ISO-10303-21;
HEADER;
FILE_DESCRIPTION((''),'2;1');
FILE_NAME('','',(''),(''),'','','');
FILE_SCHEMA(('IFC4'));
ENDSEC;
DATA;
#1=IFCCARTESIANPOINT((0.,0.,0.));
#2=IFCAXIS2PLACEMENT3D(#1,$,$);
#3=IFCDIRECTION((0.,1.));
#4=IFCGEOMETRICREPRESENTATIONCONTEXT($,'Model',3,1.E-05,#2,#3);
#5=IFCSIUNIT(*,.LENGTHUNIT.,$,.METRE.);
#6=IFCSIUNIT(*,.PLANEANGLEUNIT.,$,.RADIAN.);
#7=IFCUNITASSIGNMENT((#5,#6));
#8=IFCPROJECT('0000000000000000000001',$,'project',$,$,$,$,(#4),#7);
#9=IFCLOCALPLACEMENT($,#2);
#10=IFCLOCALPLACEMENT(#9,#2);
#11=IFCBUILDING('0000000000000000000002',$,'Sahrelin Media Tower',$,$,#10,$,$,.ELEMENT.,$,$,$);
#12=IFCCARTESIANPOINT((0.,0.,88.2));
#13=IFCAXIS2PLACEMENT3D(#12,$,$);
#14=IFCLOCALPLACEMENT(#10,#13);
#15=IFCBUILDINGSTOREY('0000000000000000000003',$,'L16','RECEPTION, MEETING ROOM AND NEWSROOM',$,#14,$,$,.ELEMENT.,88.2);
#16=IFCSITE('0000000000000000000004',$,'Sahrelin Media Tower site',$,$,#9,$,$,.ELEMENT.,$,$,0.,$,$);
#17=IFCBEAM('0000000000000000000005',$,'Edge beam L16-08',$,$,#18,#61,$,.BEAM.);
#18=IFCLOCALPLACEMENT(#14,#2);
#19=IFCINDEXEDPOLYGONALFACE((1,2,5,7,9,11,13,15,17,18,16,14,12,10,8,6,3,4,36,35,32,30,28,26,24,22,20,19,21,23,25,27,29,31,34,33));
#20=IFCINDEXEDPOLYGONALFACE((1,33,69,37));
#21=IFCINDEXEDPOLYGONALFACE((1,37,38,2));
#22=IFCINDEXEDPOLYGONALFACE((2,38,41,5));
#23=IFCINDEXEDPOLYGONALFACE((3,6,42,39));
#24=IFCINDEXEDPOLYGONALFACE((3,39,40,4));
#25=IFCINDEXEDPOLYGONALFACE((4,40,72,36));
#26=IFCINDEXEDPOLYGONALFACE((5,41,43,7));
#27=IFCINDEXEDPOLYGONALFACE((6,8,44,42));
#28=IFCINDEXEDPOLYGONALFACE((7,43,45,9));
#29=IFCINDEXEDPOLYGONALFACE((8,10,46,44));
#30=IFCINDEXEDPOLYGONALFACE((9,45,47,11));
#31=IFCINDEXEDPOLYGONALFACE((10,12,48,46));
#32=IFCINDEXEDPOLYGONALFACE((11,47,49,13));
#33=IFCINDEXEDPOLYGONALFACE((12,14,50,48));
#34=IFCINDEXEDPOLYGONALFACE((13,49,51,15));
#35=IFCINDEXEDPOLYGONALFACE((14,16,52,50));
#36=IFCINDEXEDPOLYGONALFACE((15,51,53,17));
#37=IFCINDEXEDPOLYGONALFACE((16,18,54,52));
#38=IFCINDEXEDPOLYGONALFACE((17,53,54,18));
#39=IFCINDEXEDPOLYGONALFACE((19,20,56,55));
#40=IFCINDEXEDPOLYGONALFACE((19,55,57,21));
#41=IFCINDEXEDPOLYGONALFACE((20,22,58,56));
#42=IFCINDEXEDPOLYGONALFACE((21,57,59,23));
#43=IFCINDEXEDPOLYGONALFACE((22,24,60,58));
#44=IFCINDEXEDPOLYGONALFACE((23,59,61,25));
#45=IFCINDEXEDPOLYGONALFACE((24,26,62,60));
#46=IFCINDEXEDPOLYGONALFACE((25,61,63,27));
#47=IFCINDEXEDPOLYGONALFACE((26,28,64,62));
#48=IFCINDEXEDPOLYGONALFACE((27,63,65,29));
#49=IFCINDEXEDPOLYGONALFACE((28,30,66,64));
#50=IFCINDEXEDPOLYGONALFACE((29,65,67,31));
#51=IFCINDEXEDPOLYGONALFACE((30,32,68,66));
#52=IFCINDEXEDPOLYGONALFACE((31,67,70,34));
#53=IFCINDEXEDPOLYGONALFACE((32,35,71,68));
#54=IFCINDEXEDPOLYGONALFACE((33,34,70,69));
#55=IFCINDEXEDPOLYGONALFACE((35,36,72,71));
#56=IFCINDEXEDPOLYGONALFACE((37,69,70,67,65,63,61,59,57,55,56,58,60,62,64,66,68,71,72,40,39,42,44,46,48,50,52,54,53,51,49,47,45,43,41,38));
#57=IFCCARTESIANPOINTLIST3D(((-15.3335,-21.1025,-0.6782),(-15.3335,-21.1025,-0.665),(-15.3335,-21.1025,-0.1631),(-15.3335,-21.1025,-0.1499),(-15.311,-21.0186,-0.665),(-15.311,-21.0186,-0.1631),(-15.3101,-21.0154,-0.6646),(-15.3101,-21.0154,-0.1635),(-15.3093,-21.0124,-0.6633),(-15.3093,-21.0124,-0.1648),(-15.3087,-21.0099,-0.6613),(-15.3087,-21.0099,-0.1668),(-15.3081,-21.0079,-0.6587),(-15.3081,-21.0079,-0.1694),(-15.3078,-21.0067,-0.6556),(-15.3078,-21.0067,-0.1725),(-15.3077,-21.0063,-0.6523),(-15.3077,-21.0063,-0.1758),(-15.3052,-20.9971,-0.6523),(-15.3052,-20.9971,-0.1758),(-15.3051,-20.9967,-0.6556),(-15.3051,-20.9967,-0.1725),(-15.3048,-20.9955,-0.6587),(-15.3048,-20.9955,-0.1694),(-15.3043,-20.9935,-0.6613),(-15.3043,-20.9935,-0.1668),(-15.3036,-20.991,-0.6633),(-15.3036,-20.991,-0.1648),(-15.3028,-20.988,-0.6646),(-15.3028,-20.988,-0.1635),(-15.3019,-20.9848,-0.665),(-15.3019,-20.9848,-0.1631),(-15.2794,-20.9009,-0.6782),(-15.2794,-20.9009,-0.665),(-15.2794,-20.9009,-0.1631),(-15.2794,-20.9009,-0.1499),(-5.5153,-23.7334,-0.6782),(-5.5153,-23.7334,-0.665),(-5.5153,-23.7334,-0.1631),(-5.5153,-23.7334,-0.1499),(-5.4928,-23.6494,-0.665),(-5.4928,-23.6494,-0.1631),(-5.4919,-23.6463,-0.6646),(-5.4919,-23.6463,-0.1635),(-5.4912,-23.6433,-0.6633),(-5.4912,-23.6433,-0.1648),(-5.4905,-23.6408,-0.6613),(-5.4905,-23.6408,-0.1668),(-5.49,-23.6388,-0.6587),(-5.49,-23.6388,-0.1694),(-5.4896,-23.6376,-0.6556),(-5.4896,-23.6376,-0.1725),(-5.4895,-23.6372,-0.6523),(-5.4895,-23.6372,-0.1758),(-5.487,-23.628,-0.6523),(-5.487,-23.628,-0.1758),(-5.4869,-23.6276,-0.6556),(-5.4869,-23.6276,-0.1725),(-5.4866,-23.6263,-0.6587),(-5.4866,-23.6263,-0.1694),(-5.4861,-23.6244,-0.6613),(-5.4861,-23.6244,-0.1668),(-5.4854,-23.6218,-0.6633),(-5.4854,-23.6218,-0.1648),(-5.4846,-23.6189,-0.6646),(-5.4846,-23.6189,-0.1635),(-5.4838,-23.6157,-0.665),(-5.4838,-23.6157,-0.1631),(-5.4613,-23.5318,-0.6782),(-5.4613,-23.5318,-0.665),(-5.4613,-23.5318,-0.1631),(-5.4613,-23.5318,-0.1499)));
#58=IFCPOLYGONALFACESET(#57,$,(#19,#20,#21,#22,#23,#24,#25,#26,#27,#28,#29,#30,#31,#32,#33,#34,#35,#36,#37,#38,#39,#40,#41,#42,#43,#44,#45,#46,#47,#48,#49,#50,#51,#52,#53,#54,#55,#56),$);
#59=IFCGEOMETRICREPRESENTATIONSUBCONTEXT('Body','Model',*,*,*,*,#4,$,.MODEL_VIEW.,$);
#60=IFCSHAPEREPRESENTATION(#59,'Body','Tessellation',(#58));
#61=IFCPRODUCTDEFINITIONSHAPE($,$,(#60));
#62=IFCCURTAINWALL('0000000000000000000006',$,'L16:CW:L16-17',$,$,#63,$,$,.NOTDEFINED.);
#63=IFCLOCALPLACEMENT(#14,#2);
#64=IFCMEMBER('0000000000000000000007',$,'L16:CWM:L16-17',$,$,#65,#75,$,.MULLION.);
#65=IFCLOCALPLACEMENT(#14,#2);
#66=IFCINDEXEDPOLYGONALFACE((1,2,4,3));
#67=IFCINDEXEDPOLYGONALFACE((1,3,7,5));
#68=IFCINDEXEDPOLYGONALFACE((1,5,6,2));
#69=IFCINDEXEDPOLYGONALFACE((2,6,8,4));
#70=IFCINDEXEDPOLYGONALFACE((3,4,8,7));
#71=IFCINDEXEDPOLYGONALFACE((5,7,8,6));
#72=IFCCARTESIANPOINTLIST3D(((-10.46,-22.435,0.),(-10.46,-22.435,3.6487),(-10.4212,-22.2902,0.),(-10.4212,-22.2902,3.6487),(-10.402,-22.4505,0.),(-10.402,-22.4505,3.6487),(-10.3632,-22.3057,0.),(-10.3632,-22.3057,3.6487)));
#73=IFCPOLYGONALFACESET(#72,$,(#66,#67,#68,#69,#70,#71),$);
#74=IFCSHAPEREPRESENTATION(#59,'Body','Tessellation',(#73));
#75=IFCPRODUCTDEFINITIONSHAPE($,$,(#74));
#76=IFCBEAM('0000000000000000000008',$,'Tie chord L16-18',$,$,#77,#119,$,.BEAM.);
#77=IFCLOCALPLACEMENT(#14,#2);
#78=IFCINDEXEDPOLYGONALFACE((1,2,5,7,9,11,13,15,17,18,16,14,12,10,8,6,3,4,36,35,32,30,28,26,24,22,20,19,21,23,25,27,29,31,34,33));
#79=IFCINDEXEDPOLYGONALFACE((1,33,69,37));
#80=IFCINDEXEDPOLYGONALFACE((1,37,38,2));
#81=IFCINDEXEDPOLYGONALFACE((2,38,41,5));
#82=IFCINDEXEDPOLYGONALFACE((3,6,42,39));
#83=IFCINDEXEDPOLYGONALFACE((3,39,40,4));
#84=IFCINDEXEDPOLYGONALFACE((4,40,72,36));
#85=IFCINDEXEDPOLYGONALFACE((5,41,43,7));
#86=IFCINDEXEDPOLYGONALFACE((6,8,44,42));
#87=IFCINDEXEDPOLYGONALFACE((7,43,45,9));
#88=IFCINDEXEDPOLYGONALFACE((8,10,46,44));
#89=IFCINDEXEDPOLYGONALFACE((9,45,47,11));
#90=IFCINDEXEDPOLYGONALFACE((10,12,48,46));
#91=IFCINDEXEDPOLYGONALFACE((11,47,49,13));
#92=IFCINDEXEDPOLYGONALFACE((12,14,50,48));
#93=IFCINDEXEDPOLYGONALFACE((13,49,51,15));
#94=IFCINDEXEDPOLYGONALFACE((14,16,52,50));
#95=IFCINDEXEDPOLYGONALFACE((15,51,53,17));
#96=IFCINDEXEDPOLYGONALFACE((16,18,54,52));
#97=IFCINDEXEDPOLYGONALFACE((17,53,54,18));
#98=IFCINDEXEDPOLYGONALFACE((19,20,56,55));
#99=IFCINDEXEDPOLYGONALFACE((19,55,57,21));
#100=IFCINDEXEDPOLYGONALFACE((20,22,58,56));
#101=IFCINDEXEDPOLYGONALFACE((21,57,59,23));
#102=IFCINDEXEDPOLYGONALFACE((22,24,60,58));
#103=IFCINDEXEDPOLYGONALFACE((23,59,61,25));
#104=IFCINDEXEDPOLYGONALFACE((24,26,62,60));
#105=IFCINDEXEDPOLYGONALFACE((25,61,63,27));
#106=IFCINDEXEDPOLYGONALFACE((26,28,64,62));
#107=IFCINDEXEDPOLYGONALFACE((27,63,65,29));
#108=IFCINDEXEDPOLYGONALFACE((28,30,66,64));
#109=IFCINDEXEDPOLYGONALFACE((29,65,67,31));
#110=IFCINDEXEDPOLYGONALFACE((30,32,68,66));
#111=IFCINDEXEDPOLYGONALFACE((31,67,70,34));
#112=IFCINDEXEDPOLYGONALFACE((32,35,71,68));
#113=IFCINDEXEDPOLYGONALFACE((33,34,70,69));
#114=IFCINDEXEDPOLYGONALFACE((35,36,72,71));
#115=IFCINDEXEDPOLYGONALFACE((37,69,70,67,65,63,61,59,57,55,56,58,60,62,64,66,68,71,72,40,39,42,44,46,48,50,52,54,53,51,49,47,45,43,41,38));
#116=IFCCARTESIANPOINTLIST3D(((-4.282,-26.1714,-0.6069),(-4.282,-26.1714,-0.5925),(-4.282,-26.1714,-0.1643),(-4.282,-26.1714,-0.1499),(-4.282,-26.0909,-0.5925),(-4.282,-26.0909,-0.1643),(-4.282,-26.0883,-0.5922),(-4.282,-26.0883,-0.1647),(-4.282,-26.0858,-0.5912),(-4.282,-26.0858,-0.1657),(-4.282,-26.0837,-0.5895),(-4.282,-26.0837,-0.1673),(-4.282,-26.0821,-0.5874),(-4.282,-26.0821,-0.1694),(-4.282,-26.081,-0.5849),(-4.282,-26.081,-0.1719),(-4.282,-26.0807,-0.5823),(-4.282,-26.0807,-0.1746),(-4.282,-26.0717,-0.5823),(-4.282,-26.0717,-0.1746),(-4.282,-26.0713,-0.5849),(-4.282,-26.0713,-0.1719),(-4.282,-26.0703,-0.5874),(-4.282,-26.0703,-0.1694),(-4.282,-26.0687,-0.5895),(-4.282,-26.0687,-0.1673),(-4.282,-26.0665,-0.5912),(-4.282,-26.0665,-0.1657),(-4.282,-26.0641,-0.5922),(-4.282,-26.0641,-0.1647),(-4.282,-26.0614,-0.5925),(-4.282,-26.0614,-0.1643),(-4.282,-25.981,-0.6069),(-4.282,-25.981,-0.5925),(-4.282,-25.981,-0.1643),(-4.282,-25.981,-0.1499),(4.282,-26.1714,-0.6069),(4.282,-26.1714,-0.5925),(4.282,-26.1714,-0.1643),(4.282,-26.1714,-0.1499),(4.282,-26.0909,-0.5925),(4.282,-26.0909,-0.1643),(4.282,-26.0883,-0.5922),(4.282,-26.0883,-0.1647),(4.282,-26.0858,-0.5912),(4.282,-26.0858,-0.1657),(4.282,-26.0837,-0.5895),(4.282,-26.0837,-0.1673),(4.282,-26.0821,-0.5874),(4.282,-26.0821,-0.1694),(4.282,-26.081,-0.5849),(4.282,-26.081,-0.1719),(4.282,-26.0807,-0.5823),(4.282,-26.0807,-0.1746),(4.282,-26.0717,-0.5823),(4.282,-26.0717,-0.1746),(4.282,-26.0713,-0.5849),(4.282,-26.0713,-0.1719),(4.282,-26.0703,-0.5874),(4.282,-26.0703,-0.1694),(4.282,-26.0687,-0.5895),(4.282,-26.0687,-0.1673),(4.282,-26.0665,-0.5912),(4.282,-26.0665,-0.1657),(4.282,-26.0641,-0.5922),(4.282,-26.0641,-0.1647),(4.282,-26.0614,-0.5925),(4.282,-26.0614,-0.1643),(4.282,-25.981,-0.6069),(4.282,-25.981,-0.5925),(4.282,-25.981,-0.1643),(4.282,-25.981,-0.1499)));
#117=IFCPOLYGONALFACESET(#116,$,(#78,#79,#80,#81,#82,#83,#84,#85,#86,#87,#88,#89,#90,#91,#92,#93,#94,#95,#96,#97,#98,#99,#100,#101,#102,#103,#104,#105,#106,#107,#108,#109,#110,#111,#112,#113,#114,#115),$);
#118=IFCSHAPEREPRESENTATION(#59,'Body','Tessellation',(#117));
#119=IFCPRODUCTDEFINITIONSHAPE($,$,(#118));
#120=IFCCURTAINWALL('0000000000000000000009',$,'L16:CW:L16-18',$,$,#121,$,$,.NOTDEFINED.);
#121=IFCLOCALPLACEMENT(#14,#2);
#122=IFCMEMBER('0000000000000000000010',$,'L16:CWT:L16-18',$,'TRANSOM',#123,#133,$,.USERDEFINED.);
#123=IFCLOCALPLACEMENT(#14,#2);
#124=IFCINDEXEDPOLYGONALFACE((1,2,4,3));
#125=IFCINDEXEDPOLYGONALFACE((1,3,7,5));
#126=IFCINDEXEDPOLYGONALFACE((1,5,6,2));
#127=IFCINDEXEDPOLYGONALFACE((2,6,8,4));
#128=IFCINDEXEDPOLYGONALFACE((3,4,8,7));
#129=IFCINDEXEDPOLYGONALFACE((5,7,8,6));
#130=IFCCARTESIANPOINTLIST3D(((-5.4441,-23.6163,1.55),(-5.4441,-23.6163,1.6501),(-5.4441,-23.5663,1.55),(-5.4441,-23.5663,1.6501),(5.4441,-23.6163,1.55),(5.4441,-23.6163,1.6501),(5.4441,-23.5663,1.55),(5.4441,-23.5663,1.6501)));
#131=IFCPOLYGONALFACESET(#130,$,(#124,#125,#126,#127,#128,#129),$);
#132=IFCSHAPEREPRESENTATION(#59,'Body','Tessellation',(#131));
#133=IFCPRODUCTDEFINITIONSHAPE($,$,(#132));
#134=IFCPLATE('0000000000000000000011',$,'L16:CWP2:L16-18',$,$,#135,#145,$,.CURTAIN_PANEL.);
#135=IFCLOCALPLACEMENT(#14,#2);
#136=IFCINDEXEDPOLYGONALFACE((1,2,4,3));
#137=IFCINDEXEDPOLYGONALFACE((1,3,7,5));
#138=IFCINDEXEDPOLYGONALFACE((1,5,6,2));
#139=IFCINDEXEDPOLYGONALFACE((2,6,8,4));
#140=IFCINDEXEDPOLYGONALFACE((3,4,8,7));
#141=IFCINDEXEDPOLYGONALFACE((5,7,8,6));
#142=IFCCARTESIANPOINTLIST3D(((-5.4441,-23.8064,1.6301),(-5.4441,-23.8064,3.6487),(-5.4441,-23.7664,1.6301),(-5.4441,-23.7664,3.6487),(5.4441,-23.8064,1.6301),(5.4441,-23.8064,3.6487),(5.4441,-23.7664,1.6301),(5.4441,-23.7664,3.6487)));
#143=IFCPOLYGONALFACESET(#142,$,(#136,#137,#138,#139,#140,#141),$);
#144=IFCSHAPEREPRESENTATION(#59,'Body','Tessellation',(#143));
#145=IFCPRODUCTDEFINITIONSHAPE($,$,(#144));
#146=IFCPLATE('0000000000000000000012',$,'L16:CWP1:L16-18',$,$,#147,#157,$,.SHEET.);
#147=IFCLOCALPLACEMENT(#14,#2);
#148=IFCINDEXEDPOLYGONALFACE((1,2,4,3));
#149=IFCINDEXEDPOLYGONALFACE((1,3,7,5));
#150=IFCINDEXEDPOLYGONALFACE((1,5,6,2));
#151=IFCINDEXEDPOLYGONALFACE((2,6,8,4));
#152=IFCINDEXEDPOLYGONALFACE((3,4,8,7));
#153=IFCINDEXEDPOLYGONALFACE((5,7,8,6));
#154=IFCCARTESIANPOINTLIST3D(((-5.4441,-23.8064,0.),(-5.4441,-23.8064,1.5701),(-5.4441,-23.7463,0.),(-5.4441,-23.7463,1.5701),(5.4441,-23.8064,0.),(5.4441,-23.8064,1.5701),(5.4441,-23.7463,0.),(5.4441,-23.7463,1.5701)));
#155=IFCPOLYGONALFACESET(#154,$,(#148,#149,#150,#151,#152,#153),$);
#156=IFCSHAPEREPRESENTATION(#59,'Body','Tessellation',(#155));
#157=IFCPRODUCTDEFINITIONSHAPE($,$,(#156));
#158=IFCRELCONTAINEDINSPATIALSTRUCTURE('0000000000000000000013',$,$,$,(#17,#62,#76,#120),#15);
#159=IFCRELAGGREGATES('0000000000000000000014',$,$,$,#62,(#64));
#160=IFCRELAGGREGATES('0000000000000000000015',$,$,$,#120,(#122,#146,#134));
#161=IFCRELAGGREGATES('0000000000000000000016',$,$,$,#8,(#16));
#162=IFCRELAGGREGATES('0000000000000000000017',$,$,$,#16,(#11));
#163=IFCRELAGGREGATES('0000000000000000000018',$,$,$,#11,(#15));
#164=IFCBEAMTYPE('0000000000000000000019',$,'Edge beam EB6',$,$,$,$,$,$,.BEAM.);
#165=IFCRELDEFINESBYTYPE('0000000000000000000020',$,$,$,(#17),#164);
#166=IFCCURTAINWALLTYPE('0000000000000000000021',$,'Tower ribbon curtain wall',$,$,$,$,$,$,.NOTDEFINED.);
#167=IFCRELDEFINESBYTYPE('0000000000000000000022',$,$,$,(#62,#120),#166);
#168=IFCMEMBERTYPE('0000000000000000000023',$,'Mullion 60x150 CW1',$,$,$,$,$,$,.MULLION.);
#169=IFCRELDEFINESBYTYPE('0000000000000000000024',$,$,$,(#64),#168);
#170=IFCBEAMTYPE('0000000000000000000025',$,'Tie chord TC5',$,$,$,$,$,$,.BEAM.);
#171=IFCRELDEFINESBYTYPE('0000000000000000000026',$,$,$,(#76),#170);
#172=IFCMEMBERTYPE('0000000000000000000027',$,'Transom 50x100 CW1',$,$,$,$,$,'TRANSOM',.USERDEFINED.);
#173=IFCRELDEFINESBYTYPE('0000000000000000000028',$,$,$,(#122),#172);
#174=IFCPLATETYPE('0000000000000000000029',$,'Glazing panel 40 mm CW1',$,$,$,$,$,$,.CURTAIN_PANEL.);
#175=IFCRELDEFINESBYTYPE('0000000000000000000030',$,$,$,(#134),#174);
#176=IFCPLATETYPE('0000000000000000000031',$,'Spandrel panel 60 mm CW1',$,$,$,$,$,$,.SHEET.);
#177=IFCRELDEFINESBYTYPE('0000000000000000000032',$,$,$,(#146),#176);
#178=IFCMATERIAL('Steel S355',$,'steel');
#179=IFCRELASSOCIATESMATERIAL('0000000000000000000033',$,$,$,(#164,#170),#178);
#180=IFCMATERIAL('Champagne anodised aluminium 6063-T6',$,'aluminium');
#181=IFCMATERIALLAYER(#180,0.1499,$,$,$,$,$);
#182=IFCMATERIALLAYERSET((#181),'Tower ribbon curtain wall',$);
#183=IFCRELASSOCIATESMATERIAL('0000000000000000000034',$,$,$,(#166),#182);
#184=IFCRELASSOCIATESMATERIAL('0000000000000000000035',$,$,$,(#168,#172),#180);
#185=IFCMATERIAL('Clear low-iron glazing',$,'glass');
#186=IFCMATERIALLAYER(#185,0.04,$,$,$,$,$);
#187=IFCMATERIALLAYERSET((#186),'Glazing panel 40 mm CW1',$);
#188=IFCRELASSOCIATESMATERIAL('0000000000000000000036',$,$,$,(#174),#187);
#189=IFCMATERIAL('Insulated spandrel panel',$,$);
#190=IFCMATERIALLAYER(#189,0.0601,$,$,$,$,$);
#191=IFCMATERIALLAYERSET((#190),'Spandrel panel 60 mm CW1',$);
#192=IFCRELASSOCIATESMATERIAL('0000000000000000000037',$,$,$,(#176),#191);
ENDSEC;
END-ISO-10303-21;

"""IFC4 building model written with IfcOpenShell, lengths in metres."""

from ifc_helpers import new_model, si_unit, direction, frame, origin, origin_2d, place, context, subcontext, project, spatial, polyline, rectangle, i_section, outline, extrude, material, layer, layer_set, material_profile, profile_set, type_object, element, aggregate, save


model = new_model("IFC4")

# Units and contexts
model_context = context("Model", 3, precision=1e-05, world=origin(), true_north=direction((0.0, 1.0)))
body_context = subcontext(model_context, "Body", "Model", "MODEL_VIEW")
ifc_project = project(units=[si_unit("LENGTHUNIT", "METRE"), si_unit("PLANEANGLEUNIT", "RADIAN")], contexts=[model_context])

# Site, building, storey
site_placement = place(None, origin())
site = spatial("IfcSite", under=ifc_project, at=site_placement, Name="Sahrelin Media Tower site", CompositionType="ELEMENT", RefElevation=0.0)
building_placement = place(site_placement, origin())
building = spatial("IfcBuilding", under=site, at=building_placement, Name="Sahrelin Media Tower", CompositionType="ELEMENT")
storey_placement = place(building_placement, frame((0.0, 0.0, 88.2)))
storey = spatial("IfcBuildingStorey", under=building, at=storey_placement, Name="L16", Description="RECEPTION, MEETING ROOM AND NEWSROOM", CompositionType="ELEMENT", Elevation=88.2)

# Beam
ifc_material_1 = material(Name="Steel S355", Category="steel")
ifc_material_profile_1 = material_profile(ifc_material_1, i_section(OverallWidth=0.2087, OverallDepth=0.5283, WebThickness=0.0095, FlangeThickness=0.0132, FilletRadius=0.0127, at=origin_2d()), Name="UB 533x210x82")
ifc_profile_set_1 = profile_set([ifc_material_profile_1], Name="Steel S355")
beam_type_1 = type_object("IfcBeamType", Name="Edge beam EB6", PredefinedType="BEAM", material=ifc_profile_set_1)
beam_1_placement = place(storey_placement, frame((-5.4883, -23.6326, -0.4141), z_axis=(-0.965923, 0.258829, 0.0), x_axis=(-0.258829, -0.965923, 0.0)))
element("IfcBeam", 1, at=beam_1_placement, inside=storey, type_object=beam_type_1, Name="Edge beam L16-08", PredefinedType="BEAM", context=body_context, shape_type="SweptSolid", body=[
    extrude(i_section(OverallWidth=0.2087, OverallDepth=0.5283, WebThickness=0.0095, FlangeThickness=0.0132, FilletRadius=0.0127, at=origin_2d()), origin(), (0.0, 0.0, 1.0), 10.1646),
])

# Curtain wall, member
ifc_material_2 = material(Name="Champagne anodised aluminium 6063-T6", Category="aluminium")
ifc_layer_1 = layer(ifc_material_2, 0.1499)
ifc_layer_set_1 = layer_set([ifc_layer_1], Name="Tower ribbon curtain wall")
curtain_wall_type = type_object("IfcCurtainWallType", Name="Tower ribbon curtain wall", PredefinedType="NOTDEFINED", material=ifc_layer_set_1)
curtain_wall_1_placement = place(storey_placement, frame((-10.4363, -22.4619, 0.0), z_axis=(0.0, 0.0, 1.0), x_axis=(1.0, 0.0, 0.0)))
curtain_wall_1 = element("IfcCurtainWall", 2, at=curtain_wall_1_placement, inside=storey, type_object=curtain_wall_type, Name="L16:CW:L16-17", PredefinedType="NOTDEFINED")
ifc_material_profile_2 = material_profile(ifc_material_2, rectangle(XDim=0.0601, YDim=0.1499, at=origin_2d()), Name="Mullion 60x150")
ifc_profile_set_2 = profile_set([ifc_material_profile_2], Name="Champagne anodised aluminium 6063-T6")
member_type_1 = type_object("IfcMemberType", Name="Mullion 60x150 CW1", PredefinedType="MULLION", material=ifc_profile_set_2)
member_1_placement = place(storey_placement, frame((-10.4116, -22.3704, 0.0), z_axis=(0.0, 0.0, 1.0), x_axis=(0.965926, -0.258817, 0.0)))
member_1 = element("IfcMember", 3, at=member_1_placement, type_object=member_type_1, Name="L16:CWM:L16-17", PredefinedType="MULLION", context=body_context, shape_type="SweptSolid", body=[
    extrude(rectangle(XDim=0.0601, YDim=0.1499, at=origin_2d()), origin(), (0.0, 0.0, 1.0), 3.6487),
])
aggregate(curtain_wall_1, [member_1])

# Beam
ifc_material_profile_3 = material_profile(ifc_material_1, i_section(OverallWidth=0.1904, OverallDepth=0.457, WebThickness=0.009, FlangeThickness=0.0144, FilletRadius=0.0103, at=origin_2d()), Name="UB 457x191x74")
ifc_profile_set_3 = profile_set([ifc_material_profile_3], Name="Steel S355")
beam_type_2 = type_object("IfcBeamType", Name="Tie chord TC5", PredefinedType="BEAM", material=ifc_profile_set_3)
beam_2_placement = place(storey_placement, frame((-4.282, -26.0762, -0.3784), z_axis=(1.0, 0.0, 0.0), x_axis=(0.0, 1.0, 0.0)))
element("IfcBeam", 4, at=beam_2_placement, inside=storey, type_object=beam_type_2, Name="Tie chord L16-18", PredefinedType="BEAM", context=body_context, shape_type="SweptSolid", body=[
    extrude(i_section(OverallWidth=0.1904, OverallDepth=0.457, WebThickness=0.009, FlangeThickness=0.0144, FilletRadius=0.0103, at=origin_2d()), origin(), (0.0, 0.0, 1.0), 8.564),
])

# Curtain wall, member, plates
curtain_wall_2_placement = place(storey_placement, frame((0.0, -23.7864, 0.0), z_axis=(0.0, 0.0, 1.0), x_axis=(1.0, 0.0, 0.0)))
curtain_wall_2 = element("IfcCurtainWall", 5, at=curtain_wall_2_placement, inside=storey, type_object=curtain_wall_type, Name="L16:CW:L16-18", PredefinedType="NOTDEFINED")
ifc_material_profile_4 = material_profile(ifc_material_2, rectangle(XDim=0.05, YDim=0.1001, at=origin_2d()), Name="Transom 50x100")
ifc_profile_set_4 = profile_set([ifc_material_profile_4], Name="Champagne anodised aluminium 6063-T6")
member_type_2 = type_object("IfcMemberType", Name="Transom 50x100 CW1", ElementType="TRANSOM", PredefinedType="USERDEFINED", material=ifc_profile_set_4)
member_2_placement = place(storey_placement, frame((-5.4441, -23.5913, 1.6001), z_axis=(1.0, 0.0, 0.0), x_axis=(0.0, 1.0, 0.0)))
member_2 = element("IfcMember", 6, at=member_2_placement, type_object=member_type_2, Name="L16:CWT:L16-18", ObjectType="TRANSOM", PredefinedType="USERDEFINED", context=body_context, shape_type="SweptSolid", body=[
    extrude(rectangle(XDim=0.05, YDim=0.1001, at=origin_2d()), origin(), (0.0, 0.0, 1.0), 10.8882),
])
ifc_material_3 = material(Name="Clear low-iron glazing", Category="glass")
ifc_layer_2 = layer(ifc_material_3, 0.04)
ifc_layer_set_2 = layer_set([ifc_layer_2], Name="Glazing panel 40 mm CW1")
plate_type_1 = type_object("IfcPlateType", Name="Glazing panel 40 mm CW1", PredefinedType="CURTAIN_PANEL", material=ifc_layer_set_2)
plate_1_placement = place(storey_placement, frame((-5.4441, -23.8064, 1.6301), z_axis=(0.0, -1.0, 0.0), x_axis=(1.0, 0.0, 0.0)))
plate_1 = element("IfcPlate", 7, at=plate_1_placement, type_object=plate_type_1, Name="L16:CWP2:L16-18", PredefinedType="CURTAIN_PANEL", context=body_context, shape_type="SweptSolid", body=[
    extrude(outline(polyline([(0.0, 0.0), (10.8882, 0.0), (10.8882, 2.0186), (0.0, 2.0186), (0.0, 0.0)])), origin(), (0.0, 0.0, -1.0), 0.04),
])
ifc_material_4 = material(Name="Insulated spandrel panel")
ifc_layer_3 = layer(ifc_material_4, 0.0601)
ifc_layer_set_3 = layer_set([ifc_layer_3], Name="Spandrel panel 60 mm CW1")
plate_type_2 = type_object("IfcPlateType", Name="Spandrel panel 60 mm CW1", PredefinedType="SHEET", material=ifc_layer_set_3)
plate_2_placement = place(storey_placement, frame((-5.4441, -23.8064, 0.0), z_axis=(0.0, -1.0, 0.0), x_axis=(1.0, 0.0, 0.0)))
plate_2 = element("IfcPlate", 8, at=plate_2_placement, type_object=plate_type_2, Name="L16:CWP1:L16-18", PredefinedType="SHEET", context=body_context, shape_type="SweptSolid", body=[
    extrude(outline(polyline([(0.0, 0.0), (10.8882, 0.0), (10.8882, 1.5701), (0.0, 1.5701), (0.0, 0.0)])), origin(), (0.0, 0.0, -1.0), 0.0601),
])
aggregate(curtain_wall_2, [member_2, plate_2, plate_1])

save(model, "model.ifc")
